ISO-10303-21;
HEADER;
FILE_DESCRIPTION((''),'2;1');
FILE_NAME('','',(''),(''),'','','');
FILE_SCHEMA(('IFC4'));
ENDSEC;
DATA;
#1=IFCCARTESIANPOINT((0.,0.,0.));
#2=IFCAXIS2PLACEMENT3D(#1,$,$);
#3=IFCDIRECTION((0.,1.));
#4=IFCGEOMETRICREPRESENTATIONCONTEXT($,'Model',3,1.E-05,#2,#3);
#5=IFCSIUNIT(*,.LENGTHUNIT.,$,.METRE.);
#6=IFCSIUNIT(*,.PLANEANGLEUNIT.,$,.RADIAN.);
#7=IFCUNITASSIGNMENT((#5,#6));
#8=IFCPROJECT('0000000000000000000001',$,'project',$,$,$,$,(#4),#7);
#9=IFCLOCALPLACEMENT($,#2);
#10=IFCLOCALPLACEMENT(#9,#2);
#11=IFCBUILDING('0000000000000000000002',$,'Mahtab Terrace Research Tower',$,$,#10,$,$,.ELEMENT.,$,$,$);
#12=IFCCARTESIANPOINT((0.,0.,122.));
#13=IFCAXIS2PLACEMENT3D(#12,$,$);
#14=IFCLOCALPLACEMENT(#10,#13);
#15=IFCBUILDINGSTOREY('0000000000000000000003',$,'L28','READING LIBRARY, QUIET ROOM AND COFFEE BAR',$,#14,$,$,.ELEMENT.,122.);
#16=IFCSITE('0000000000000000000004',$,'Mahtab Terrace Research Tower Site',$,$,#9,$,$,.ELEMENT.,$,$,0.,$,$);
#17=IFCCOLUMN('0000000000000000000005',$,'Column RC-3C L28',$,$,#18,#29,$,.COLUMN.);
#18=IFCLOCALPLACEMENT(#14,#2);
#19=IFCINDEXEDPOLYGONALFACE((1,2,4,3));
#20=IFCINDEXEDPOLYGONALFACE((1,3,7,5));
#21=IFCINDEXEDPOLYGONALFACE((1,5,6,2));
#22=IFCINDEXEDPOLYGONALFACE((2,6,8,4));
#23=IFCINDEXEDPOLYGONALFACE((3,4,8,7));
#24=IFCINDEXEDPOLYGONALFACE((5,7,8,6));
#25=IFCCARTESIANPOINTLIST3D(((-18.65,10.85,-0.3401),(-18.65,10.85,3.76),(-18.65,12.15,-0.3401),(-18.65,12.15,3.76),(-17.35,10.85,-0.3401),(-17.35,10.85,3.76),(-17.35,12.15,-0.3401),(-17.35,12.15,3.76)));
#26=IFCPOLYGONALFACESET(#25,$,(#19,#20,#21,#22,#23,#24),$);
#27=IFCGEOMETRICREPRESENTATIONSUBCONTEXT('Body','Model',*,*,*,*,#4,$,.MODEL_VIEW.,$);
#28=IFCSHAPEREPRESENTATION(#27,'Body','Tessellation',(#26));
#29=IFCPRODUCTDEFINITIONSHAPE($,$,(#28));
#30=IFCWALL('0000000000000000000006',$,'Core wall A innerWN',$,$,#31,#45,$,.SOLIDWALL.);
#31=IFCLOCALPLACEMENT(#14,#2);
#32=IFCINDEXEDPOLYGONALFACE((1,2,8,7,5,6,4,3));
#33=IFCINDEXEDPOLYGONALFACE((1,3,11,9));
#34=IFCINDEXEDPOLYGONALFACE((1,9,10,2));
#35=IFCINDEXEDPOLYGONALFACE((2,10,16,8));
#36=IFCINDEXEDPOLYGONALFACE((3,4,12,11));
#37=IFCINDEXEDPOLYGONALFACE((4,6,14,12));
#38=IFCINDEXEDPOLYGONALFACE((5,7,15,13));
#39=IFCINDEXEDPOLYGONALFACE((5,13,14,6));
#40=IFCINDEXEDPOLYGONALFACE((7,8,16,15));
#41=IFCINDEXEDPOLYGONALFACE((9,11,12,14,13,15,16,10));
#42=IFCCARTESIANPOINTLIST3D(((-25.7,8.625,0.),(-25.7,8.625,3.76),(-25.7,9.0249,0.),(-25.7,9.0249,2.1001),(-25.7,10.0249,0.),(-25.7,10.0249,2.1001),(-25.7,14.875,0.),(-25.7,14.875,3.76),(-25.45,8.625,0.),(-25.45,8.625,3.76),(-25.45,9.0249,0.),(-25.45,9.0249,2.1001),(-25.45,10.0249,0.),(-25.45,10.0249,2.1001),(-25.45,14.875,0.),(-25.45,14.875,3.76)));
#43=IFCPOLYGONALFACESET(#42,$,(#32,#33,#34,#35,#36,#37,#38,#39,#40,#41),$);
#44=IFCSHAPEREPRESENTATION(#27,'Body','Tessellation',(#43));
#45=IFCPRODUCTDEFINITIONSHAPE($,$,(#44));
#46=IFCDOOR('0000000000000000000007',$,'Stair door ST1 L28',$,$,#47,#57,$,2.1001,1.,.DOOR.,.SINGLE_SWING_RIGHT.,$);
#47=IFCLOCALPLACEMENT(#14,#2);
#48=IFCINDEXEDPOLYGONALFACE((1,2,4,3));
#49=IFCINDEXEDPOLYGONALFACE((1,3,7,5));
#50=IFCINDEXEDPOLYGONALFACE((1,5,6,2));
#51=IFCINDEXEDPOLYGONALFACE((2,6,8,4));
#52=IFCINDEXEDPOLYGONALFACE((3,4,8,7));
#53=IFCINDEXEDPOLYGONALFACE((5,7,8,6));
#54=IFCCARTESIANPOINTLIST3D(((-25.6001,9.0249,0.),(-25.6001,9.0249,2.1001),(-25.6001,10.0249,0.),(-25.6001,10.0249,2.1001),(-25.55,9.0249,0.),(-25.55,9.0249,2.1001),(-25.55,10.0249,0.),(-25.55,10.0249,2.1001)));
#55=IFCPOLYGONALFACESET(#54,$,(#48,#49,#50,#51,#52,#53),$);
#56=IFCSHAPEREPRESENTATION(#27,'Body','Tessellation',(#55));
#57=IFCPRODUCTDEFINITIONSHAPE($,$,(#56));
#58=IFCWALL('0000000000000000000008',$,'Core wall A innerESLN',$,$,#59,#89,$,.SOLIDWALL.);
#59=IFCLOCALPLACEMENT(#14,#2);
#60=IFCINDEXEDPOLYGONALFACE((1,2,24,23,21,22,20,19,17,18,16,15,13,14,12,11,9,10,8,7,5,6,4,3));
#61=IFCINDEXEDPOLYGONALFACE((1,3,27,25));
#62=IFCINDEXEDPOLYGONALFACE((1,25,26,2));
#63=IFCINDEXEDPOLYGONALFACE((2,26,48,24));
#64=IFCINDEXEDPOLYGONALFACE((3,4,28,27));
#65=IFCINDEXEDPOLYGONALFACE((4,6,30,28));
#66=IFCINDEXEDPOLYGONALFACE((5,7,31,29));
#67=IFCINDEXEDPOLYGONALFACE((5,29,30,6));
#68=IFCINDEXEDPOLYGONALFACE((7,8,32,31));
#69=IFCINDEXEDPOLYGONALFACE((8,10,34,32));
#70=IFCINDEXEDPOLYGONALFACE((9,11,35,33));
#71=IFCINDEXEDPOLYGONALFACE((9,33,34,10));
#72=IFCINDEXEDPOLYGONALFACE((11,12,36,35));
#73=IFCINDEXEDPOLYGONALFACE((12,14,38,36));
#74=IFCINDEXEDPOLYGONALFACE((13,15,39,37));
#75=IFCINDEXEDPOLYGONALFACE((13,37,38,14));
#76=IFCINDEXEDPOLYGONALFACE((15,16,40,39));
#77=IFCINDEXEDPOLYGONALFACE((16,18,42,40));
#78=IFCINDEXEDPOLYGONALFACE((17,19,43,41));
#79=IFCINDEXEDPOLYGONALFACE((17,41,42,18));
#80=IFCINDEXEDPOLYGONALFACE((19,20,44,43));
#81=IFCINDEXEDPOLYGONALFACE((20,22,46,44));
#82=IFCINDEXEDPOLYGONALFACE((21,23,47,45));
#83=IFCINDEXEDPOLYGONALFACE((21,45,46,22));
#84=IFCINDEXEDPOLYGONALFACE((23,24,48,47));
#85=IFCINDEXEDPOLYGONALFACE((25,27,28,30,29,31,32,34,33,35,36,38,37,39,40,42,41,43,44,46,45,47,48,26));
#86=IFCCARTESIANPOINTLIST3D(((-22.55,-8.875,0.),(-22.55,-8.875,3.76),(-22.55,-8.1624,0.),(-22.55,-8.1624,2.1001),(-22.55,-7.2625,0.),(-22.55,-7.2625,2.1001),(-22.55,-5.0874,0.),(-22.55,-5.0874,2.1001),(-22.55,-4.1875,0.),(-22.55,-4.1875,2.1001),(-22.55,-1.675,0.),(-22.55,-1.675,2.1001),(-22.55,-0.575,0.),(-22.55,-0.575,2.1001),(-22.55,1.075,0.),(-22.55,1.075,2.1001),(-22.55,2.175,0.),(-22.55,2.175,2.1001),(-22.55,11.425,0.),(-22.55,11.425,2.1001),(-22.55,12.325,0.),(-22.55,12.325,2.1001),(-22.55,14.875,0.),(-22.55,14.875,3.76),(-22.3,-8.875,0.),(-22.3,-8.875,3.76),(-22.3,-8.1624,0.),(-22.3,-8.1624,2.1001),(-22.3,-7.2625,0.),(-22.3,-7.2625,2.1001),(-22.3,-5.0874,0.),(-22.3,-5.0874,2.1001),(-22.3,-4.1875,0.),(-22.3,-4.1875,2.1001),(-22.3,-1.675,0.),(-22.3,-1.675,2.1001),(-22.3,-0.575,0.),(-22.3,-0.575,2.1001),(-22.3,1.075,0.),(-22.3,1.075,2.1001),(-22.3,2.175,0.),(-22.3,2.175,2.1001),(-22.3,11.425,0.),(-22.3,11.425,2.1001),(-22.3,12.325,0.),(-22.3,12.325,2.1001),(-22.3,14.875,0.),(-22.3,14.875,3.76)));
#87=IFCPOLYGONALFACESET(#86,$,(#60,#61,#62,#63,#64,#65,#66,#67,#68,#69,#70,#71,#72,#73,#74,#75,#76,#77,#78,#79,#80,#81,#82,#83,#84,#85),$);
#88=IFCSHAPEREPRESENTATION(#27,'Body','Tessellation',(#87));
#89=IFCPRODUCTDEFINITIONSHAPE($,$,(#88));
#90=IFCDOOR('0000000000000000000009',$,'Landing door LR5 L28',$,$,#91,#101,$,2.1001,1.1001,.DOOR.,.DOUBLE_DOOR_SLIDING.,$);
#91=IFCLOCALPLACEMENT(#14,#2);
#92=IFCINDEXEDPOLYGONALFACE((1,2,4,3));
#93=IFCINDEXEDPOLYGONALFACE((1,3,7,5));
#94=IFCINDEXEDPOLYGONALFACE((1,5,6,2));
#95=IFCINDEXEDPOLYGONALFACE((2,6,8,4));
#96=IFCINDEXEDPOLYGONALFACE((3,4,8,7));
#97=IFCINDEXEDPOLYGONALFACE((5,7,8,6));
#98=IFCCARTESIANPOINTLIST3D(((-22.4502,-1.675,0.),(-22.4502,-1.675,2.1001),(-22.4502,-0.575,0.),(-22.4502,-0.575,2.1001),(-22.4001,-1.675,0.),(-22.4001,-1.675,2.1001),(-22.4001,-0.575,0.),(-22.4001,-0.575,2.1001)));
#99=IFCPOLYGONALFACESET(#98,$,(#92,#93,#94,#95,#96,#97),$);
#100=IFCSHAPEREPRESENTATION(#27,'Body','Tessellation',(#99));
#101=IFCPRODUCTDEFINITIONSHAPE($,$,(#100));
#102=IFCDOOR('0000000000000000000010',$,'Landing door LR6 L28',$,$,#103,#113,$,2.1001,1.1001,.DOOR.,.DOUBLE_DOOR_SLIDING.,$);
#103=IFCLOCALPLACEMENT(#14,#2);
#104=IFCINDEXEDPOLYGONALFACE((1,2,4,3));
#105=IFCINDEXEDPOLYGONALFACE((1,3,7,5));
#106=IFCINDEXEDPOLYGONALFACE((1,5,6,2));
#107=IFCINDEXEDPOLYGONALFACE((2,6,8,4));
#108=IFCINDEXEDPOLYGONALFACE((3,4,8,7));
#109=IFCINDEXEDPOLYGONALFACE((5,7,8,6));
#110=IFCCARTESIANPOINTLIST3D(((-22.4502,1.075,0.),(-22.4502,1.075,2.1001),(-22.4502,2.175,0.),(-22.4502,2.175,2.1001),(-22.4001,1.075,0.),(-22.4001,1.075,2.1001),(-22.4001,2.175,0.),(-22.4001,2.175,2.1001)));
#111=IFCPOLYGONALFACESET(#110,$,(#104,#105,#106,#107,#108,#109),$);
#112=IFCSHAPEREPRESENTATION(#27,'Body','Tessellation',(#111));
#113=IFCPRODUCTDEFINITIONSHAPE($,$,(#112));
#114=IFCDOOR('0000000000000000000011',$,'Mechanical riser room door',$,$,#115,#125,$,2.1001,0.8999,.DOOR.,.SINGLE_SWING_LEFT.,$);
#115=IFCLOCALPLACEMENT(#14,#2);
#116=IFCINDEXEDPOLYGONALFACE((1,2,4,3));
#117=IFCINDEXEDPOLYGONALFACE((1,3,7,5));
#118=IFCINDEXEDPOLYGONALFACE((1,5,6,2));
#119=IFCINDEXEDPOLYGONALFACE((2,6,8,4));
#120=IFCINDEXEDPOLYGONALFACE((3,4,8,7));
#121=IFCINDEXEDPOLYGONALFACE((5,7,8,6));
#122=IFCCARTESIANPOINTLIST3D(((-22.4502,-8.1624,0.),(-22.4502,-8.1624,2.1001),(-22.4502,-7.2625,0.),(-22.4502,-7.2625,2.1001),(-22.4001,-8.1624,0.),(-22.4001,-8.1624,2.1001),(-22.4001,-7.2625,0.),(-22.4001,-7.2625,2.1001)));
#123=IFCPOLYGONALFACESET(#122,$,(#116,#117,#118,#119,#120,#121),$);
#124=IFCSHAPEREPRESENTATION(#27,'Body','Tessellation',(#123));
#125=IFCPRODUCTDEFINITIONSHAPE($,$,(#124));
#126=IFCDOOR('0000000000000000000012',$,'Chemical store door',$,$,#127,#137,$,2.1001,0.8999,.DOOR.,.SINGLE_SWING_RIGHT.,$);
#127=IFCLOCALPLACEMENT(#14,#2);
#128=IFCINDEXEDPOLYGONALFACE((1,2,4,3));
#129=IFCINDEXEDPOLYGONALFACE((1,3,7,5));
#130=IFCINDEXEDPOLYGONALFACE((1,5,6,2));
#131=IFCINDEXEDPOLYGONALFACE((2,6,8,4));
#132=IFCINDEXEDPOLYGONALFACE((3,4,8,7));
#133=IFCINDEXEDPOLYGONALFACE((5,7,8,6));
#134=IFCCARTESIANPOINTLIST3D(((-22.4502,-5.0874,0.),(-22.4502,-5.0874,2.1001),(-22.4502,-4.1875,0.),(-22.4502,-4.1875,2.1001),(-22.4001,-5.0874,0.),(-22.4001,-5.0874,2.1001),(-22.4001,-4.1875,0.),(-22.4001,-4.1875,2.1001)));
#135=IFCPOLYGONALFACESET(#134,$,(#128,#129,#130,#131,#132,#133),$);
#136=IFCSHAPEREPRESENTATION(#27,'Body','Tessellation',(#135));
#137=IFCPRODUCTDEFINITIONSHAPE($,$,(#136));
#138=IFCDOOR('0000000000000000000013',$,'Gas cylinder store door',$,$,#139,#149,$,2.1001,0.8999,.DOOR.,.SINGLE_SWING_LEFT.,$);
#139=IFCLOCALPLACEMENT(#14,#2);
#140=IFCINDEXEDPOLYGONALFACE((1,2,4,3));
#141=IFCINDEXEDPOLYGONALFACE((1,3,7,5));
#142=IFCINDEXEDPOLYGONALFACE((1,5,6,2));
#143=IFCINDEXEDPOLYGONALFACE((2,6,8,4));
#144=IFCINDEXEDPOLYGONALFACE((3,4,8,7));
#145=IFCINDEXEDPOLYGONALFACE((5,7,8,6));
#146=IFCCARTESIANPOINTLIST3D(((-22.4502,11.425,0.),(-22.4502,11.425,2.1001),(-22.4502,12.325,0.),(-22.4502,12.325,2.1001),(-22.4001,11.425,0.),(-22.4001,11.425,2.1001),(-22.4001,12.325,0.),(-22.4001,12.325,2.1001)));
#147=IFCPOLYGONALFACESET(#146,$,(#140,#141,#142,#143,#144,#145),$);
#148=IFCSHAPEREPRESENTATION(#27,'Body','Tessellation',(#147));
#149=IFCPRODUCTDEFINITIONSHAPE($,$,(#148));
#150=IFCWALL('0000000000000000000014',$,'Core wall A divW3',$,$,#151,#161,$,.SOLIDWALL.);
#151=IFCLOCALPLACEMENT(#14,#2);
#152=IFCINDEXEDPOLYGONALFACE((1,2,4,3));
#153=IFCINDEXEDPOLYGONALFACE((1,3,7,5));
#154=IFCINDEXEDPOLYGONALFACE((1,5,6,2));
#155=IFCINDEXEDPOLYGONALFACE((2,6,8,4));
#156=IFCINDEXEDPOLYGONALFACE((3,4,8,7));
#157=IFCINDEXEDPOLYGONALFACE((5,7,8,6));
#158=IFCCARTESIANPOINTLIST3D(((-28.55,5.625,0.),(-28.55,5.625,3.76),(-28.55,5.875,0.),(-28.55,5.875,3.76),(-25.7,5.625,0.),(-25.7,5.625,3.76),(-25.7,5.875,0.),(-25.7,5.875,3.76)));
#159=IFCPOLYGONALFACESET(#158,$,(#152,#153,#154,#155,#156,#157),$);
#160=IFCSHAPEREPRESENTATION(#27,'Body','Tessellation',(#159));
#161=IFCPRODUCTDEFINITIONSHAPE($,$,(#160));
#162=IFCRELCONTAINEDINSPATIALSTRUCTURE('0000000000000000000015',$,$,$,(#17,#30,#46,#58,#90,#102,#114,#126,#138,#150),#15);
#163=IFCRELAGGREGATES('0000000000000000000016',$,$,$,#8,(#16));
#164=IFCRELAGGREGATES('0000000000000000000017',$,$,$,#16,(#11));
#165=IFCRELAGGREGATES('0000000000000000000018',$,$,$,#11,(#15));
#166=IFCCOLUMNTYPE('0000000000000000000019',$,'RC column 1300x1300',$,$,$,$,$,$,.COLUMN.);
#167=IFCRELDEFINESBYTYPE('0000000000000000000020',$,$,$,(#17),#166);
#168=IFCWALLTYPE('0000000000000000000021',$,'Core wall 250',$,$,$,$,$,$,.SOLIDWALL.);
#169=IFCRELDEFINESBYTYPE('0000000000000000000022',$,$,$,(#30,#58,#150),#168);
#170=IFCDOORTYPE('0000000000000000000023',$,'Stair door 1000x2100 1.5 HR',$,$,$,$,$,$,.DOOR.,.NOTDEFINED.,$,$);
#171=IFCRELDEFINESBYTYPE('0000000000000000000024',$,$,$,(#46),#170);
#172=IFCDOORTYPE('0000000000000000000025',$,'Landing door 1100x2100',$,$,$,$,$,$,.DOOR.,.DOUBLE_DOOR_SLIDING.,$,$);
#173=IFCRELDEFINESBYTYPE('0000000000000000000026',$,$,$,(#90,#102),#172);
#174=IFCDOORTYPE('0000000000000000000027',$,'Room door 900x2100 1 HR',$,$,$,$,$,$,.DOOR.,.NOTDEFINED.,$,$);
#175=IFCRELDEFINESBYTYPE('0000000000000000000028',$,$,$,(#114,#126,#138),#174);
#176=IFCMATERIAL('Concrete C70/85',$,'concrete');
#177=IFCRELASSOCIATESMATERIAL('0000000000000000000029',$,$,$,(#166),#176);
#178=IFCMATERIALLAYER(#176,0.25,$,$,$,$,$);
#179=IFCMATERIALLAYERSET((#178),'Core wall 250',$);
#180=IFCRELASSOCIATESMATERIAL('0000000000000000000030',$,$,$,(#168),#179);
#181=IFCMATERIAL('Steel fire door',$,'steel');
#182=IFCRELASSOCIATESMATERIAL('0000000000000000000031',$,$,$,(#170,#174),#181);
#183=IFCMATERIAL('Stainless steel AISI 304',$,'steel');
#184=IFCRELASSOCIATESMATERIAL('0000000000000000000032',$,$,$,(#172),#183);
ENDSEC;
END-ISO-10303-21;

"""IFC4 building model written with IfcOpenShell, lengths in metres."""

from ifc_helpers import new_model, si_unit, direction, frame, frame_2d, origin, origin_2d, place, context, subcontext, project, spatial, rectangle, extrude, material, layer, layer_set, material_profile, profile_set, type_object, element, fill, save


model = new_model("IFC4")

# Units and contexts
model_context = context("Model", 3, precision=1e-05, world=origin(), true_north=direction((0.0, 1.0)))
body_context = subcontext(model_context, "Body", "Model", "MODEL_VIEW")
ifc_project = project(units=[si_unit("LENGTHUNIT", "METRE"), si_unit("PLANEANGLEUNIT", "RADIAN")], contexts=[model_context])

# Site, building, storey
site_placement = place(None, origin())
site = spatial("IfcSite", under=ifc_project, at=site_placement, Name="Mahtab Terrace Research Tower Site", CompositionType="ELEMENT", RefElevation=0.0)
building_placement = place(site_placement, origin())
building = spatial("IfcBuilding", under=site, at=building_placement, Name="Mahtab Terrace Research Tower", CompositionType="ELEMENT")
storey_placement = place(building_placement, frame((0.0, 0.0, 122.0)))
storey = spatial("IfcBuildingStorey", under=building, at=storey_placement, Name="L28", Description="READING LIBRARY, QUIET ROOM AND COFFEE BAR", CompositionType="ELEMENT", Elevation=122.0)

# Column
ifc_material_1 = material(Name="Concrete C70/85", Category="concrete")
ifc_material_profile = material_profile(ifc_material_1, rectangle(XDim=1.3, YDim=1.3, at=origin_2d()), Name="RC column 1300x1300")
ifc_profile_set = profile_set([ifc_material_profile], Name="Concrete C70/85")
column_type = type_object("IfcColumnType", Name="RC column 1300x1300", PredefinedType="COLUMN", material=ifc_profile_set)
column_placement = place(storey_placement, frame((-18.0, 11.5, -0.3401), z_axis=(0.0, 0.0, 1.0), x_axis=(1.0, 0.0, 0.0)))
element("IfcColumn", 1, at=column_placement, inside=storey, type_object=column_type, Name="Column RC-3C L28", PredefinedType="COLUMN", context=body_context, shape_type="SweptSolid", body=[
    extrude(rectangle(XDim=1.3, YDim=1.3, at=origin_2d()), origin(), (0.0, 0.0, 1.0), 4.1001),
])

# Wall, opening, door
ifc_layer_1 = layer(ifc_material_1, 0.25)
ifc_layer_set_1 = layer_set([ifc_layer_1], Name="Core wall 250")
wall_type_1 = type_object("IfcWallType", Name="Core wall 250", PredefinedType="SOLIDWALL", material=ifc_layer_set_1)
wall_1_placement = place(storey_placement, frame((-25.575, 14.875, 0.0), z_axis=(0.0, 0.0, 1.0), x_axis=(0.0, -1.0, 0.0)))
wall_1 = element("IfcWall", 2, at=wall_1_placement, inside=storey, type_object=wall_type_1, Name="Core wall A innerWN", PredefinedType="SOLIDWALL", context=body_context, shape_type="SweptSolid", body=[
    extrude(rectangle(XDim=6.25, YDim=0.25, at=frame_2d((3.125, 0.0))), origin(), (0.0, 0.0, 1.0), 3.76),
])
opening_1_placement = place(wall_1_placement, frame((4.8501, 0.0, 0.0)))
opening_1 = element("IfcOpeningElement", 3, at=opening_1_placement, cuts=wall_1, PredefinedType="OPENING", context=body_context, shape_type="SweptSolid", body=[
    extrude(rectangle(XDim=1.0, YDim=2.1001, at=frame_2d((0.5, 1.05))), frame((0.0, 0.135, 0.0), z_axis=(0.0, -1.0, 0.0), x_axis=(1.0, 0.0, 0.0)), (0.0, 0.0, 1.0), 0.27),
])
ifc_material_2 = material(Name="Steel fire door", Category="steel")
door_type_1 = type_object("IfcDoorType", Name="Stair door 1000x2100 1.5 HR", OperationType="NOTDEFINED", PredefinedType="DOOR", material=ifc_material_2)
door_1_placement = place(opening_1_placement, origin())
door_1 = element("IfcDoor", 4, at=door_1_placement, inside=storey, type_object=door_type_1, Name="Stair door ST1 L28", OperationType="SINGLE_SWING_RIGHT", OverallHeight=2.1001, OverallWidth=1.0, PredefinedType="DOOR", context=body_context, shape_type="SweptSolid", body=[
    extrude(rectangle(XDim=1.0, YDim=2.1001, at=frame_2d((0.5, 1.05))), frame((0.0, 0.0249, 0.0), z_axis=(0.0, -1.0, 0.0), x_axis=(1.0, 0.0, 0.0)), (0.0, 0.0, 1.0), 0.05),
])
fill(opening_1, door_1)

# Wall, openings, doors
wall_2_placement = place(storey_placement, frame((-22.425, 14.875, 0.0), z_axis=(0.0, 0.0, 1.0), x_axis=(0.0, -1.0, 0.0)))
wall_2 = element("IfcWall", 5, at=wall_2_placement, inside=storey, type_object=wall_type_1, Name="Core wall A innerESLN", PredefinedType="SOLIDWALL", context=body_context, shape_type="SweptSolid", body=[
    extrude(rectangle(XDim=23.75, YDim=0.25, at=frame_2d((11.875, 0.0))), origin(), (0.0, 0.0, 1.0), 3.76),
])
opening_2_placement = place(wall_2_placement, frame((15.45, 0.0, 0.0)))
opening_2 = element("IfcOpeningElement", 6, at=opening_2_placement, cuts=wall_2, PredefinedType="OPENING", context=body_context, shape_type="SweptSolid", body=[
    extrude(rectangle(XDim=1.1001, YDim=2.1001, at=frame_2d((0.55, 1.05))), frame((0.0, 0.135, 0.0), z_axis=(0.0, -1.0, 0.0), x_axis=(1.0, 0.0, 0.0)), (0.0, 0.0, 1.0), 0.27),
])
opening_3_placement = place(wall_2_placement, frame((12.7, 0.0, 0.0)))
opening_3 = element("IfcOpeningElement", 7, at=opening_3_placement, cuts=wall_2, PredefinedType="OPENING", context=body_context, shape_type="SweptSolid", body=[
    extrude(rectangle(XDim=1.1001, YDim=2.1001, at=frame_2d((0.55, 1.05))), frame((0.0, 0.135, 0.0), z_axis=(0.0, -1.0, 0.0), x_axis=(1.0, 0.0, 0.0)), (0.0, 0.0, 1.0), 0.27),
])
opening_4_placement = place(wall_2_placement, frame((22.1375, 0.0, 0.0)))
opening_4 = element("IfcOpeningElement", 8, at=opening_4_placement, cuts=wall_2, PredefinedType="OPENING", context=body_context, shape_type="SweptSolid", body=[
    extrude(rectangle(XDim=0.8999, YDim=2.1001, at=frame_2d((0.45, 1.05))), frame((0.0, 0.135, 0.0), z_axis=(0.0, -1.0, 0.0), x_axis=(1.0, 0.0, 0.0)), (0.0, 0.0, 1.0), 0.27),
])
opening_5_placement = place(wall_2_placement, frame((19.0625, 0.0, 0.0)))
opening_5 = element("IfcOpeningElement", 9, at=opening_5_placement, cuts=wall_2, PredefinedType="OPENING", context=body_context, shape_type="SweptSolid", body=[
    extrude(rectangle(XDim=0.8999, YDim=2.1001, at=frame_2d((0.45, 1.05))), frame((0.0, 0.135, 0.0), z_axis=(0.0, -1.0, 0.0), x_axis=(1.0, 0.0, 0.0)), (0.0, 0.0, 1.0), 0.27),
])
opening_6_placement = place(wall_2_placement, frame((2.55, 0.0, 0.0)))
opening_6 = element("IfcOpeningElement", 10, at=opening_6_placement, cuts=wall_2, PredefinedType="OPENING", context=body_context, shape_type="SweptSolid", body=[
    extrude(rectangle(XDim=0.8999, YDim=2.1001, at=frame_2d((0.45, 1.05))), frame((0.0, 0.135, 0.0), z_axis=(0.0, -1.0, 0.0), x_axis=(1.0, 0.0, 0.0)), (0.0, 0.0, 1.0), 0.27),
])
ifc_material_3 = material(Name="Stainless steel AISI 304", Category="steel")
door_type_2 = type_object("IfcDoorType", Name="Landing door 1100x2100", OperationType="DOUBLE_DOOR_SLIDING", PredefinedType="DOOR", material=ifc_material_3)
door_2_placement = place(opening_2_placement, origin())
door_2 = element("IfcDoor", 11, at=door_2_placement, inside=storey, type_object=door_type_2, Name="Landing door LR5 L28", OperationType="DOUBLE_DOOR_SLIDING", OverallHeight=2.1001, OverallWidth=1.1001, PredefinedType="DOOR", context=body_context, shape_type="SweptSolid", body=[
    extrude(rectangle(XDim=1.1001, YDim=2.1001, at=frame_2d((0.55, 1.05))), frame((0.0, 0.0249, 0.0), z_axis=(0.0, -1.0, 0.0), x_axis=(1.0, 0.0, 0.0)), (0.0, 0.0, 1.0), 0.05),
])
fill(opening_2, door_2)
door_3_placement = place(opening_3_placement, origin())
door_3 = element("IfcDoor", 12, at=door_3_placement, inside=storey, type_object=door_type_2, Name="Landing door LR6 L28", OperationType="DOUBLE_DOOR_SLIDING", OverallHeight=2.1001, OverallWidth=1.1001, PredefinedType="DOOR", context=body_context, shape_type="SweptSolid", body=[
    extrude(rectangle(XDim=1.1001, YDim=2.1001, at=frame_2d((0.55, 1.05))), frame((0.0, 0.0249, 0.0), z_axis=(0.0, -1.0, 0.0), x_axis=(1.0, 0.0, 0.0)), (0.0, 0.0, 1.0), 0.05),
])
fill(opening_3, door_3)
door_type_3 = type_object("IfcDoorType", Name="Room door 900x2100 1 HR", OperationType="NOTDEFINED", PredefinedType="DOOR", material=ifc_material_2)
door_4_placement = place(opening_4_placement, origin())
door_4 = element("IfcDoor", 13, at=door_4_placement, inside=storey, type_object=door_type_3, Name="Mechanical riser room door", OperationType="SINGLE_SWING_LEFT", OverallHeight=2.1001, OverallWidth=0.8999, PredefinedType="DOOR", context=body_context, shape_type="SweptSolid", body=[
    extrude(rectangle(XDim=0.8999, YDim=2.1001, at=frame_2d((0.45, 1.05))), frame((0.0, 0.0249, 0.0), z_axis=(0.0, -1.0, 0.0), x_axis=(1.0, 0.0, 0.0)), (0.0, 0.0, 1.0), 0.05),
])
fill(opening_4, door_4)
door_5_placement = place(opening_5_placement, origin())
door_5 = element("IfcDoor", 14, at=door_5_placement, inside=storey, type_object=door_type_3, Name="Chemical store door", OperationType="SINGLE_SWING_RIGHT", OverallHeight=2.1001, OverallWidth=0.8999, PredefinedType="DOOR", context=body_context, shape_type="SweptSolid", body=[
    extrude(rectangle(XDim=0.8999, YDim=2.1001, at=frame_2d((0.45, 1.05))), frame((0.0, 0.0249, 0.0), z_axis=(0.0, -1.0, 0.0), x_axis=(1.0, 0.0, 0.0)), (0.0, 0.0, 1.0), 0.05),
])
fill(opening_5, door_5)
door_6_placement = place(opening_6_placement, origin())
door_6 = element("IfcDoor", 15, at=door_6_placement, inside=storey, type_object=door_type_3, Name="Gas cylinder store door", OperationType="SINGLE_SWING_LEFT", OverallHeight=2.1001, OverallWidth=0.8999, PredefinedType="DOOR", context=body_context, shape_type="SweptSolid", body=[
    extrude(rectangle(XDim=0.8999, YDim=2.1001, at=frame_2d((0.45, 1.05))), frame((0.0, 0.0249, 0.0), z_axis=(0.0, -1.0, 0.0), x_axis=(1.0, 0.0, 0.0)), (0.0, 0.0, 1.0), 0.05),
])
fill(opening_6, door_6)

# Wall
for number, where, z_axis, x_axis, name in (
    (16, (-28.55, 5.75, 0.0), (0.0, 0.0, 1.0), (1.0, 0.0, 0.0), "Core wall A divW3"),
):
    element("IfcWall", number, at=place(storey_placement, frame(where, z_axis=z_axis, x_axis=x_axis)), inside=storey, type_object=wall_type_1, Name=name, PredefinedType="SOLIDWALL", context=body_context, shape_type="SweptSolid", body=[
        extrude(rectangle(XDim=2.8501, YDim=0.25, at=frame_2d((1.425, 0.0))), origin(), (0.0, 0.0, 1.0), 3.76),
    ])

save(model, "model.ifc")
